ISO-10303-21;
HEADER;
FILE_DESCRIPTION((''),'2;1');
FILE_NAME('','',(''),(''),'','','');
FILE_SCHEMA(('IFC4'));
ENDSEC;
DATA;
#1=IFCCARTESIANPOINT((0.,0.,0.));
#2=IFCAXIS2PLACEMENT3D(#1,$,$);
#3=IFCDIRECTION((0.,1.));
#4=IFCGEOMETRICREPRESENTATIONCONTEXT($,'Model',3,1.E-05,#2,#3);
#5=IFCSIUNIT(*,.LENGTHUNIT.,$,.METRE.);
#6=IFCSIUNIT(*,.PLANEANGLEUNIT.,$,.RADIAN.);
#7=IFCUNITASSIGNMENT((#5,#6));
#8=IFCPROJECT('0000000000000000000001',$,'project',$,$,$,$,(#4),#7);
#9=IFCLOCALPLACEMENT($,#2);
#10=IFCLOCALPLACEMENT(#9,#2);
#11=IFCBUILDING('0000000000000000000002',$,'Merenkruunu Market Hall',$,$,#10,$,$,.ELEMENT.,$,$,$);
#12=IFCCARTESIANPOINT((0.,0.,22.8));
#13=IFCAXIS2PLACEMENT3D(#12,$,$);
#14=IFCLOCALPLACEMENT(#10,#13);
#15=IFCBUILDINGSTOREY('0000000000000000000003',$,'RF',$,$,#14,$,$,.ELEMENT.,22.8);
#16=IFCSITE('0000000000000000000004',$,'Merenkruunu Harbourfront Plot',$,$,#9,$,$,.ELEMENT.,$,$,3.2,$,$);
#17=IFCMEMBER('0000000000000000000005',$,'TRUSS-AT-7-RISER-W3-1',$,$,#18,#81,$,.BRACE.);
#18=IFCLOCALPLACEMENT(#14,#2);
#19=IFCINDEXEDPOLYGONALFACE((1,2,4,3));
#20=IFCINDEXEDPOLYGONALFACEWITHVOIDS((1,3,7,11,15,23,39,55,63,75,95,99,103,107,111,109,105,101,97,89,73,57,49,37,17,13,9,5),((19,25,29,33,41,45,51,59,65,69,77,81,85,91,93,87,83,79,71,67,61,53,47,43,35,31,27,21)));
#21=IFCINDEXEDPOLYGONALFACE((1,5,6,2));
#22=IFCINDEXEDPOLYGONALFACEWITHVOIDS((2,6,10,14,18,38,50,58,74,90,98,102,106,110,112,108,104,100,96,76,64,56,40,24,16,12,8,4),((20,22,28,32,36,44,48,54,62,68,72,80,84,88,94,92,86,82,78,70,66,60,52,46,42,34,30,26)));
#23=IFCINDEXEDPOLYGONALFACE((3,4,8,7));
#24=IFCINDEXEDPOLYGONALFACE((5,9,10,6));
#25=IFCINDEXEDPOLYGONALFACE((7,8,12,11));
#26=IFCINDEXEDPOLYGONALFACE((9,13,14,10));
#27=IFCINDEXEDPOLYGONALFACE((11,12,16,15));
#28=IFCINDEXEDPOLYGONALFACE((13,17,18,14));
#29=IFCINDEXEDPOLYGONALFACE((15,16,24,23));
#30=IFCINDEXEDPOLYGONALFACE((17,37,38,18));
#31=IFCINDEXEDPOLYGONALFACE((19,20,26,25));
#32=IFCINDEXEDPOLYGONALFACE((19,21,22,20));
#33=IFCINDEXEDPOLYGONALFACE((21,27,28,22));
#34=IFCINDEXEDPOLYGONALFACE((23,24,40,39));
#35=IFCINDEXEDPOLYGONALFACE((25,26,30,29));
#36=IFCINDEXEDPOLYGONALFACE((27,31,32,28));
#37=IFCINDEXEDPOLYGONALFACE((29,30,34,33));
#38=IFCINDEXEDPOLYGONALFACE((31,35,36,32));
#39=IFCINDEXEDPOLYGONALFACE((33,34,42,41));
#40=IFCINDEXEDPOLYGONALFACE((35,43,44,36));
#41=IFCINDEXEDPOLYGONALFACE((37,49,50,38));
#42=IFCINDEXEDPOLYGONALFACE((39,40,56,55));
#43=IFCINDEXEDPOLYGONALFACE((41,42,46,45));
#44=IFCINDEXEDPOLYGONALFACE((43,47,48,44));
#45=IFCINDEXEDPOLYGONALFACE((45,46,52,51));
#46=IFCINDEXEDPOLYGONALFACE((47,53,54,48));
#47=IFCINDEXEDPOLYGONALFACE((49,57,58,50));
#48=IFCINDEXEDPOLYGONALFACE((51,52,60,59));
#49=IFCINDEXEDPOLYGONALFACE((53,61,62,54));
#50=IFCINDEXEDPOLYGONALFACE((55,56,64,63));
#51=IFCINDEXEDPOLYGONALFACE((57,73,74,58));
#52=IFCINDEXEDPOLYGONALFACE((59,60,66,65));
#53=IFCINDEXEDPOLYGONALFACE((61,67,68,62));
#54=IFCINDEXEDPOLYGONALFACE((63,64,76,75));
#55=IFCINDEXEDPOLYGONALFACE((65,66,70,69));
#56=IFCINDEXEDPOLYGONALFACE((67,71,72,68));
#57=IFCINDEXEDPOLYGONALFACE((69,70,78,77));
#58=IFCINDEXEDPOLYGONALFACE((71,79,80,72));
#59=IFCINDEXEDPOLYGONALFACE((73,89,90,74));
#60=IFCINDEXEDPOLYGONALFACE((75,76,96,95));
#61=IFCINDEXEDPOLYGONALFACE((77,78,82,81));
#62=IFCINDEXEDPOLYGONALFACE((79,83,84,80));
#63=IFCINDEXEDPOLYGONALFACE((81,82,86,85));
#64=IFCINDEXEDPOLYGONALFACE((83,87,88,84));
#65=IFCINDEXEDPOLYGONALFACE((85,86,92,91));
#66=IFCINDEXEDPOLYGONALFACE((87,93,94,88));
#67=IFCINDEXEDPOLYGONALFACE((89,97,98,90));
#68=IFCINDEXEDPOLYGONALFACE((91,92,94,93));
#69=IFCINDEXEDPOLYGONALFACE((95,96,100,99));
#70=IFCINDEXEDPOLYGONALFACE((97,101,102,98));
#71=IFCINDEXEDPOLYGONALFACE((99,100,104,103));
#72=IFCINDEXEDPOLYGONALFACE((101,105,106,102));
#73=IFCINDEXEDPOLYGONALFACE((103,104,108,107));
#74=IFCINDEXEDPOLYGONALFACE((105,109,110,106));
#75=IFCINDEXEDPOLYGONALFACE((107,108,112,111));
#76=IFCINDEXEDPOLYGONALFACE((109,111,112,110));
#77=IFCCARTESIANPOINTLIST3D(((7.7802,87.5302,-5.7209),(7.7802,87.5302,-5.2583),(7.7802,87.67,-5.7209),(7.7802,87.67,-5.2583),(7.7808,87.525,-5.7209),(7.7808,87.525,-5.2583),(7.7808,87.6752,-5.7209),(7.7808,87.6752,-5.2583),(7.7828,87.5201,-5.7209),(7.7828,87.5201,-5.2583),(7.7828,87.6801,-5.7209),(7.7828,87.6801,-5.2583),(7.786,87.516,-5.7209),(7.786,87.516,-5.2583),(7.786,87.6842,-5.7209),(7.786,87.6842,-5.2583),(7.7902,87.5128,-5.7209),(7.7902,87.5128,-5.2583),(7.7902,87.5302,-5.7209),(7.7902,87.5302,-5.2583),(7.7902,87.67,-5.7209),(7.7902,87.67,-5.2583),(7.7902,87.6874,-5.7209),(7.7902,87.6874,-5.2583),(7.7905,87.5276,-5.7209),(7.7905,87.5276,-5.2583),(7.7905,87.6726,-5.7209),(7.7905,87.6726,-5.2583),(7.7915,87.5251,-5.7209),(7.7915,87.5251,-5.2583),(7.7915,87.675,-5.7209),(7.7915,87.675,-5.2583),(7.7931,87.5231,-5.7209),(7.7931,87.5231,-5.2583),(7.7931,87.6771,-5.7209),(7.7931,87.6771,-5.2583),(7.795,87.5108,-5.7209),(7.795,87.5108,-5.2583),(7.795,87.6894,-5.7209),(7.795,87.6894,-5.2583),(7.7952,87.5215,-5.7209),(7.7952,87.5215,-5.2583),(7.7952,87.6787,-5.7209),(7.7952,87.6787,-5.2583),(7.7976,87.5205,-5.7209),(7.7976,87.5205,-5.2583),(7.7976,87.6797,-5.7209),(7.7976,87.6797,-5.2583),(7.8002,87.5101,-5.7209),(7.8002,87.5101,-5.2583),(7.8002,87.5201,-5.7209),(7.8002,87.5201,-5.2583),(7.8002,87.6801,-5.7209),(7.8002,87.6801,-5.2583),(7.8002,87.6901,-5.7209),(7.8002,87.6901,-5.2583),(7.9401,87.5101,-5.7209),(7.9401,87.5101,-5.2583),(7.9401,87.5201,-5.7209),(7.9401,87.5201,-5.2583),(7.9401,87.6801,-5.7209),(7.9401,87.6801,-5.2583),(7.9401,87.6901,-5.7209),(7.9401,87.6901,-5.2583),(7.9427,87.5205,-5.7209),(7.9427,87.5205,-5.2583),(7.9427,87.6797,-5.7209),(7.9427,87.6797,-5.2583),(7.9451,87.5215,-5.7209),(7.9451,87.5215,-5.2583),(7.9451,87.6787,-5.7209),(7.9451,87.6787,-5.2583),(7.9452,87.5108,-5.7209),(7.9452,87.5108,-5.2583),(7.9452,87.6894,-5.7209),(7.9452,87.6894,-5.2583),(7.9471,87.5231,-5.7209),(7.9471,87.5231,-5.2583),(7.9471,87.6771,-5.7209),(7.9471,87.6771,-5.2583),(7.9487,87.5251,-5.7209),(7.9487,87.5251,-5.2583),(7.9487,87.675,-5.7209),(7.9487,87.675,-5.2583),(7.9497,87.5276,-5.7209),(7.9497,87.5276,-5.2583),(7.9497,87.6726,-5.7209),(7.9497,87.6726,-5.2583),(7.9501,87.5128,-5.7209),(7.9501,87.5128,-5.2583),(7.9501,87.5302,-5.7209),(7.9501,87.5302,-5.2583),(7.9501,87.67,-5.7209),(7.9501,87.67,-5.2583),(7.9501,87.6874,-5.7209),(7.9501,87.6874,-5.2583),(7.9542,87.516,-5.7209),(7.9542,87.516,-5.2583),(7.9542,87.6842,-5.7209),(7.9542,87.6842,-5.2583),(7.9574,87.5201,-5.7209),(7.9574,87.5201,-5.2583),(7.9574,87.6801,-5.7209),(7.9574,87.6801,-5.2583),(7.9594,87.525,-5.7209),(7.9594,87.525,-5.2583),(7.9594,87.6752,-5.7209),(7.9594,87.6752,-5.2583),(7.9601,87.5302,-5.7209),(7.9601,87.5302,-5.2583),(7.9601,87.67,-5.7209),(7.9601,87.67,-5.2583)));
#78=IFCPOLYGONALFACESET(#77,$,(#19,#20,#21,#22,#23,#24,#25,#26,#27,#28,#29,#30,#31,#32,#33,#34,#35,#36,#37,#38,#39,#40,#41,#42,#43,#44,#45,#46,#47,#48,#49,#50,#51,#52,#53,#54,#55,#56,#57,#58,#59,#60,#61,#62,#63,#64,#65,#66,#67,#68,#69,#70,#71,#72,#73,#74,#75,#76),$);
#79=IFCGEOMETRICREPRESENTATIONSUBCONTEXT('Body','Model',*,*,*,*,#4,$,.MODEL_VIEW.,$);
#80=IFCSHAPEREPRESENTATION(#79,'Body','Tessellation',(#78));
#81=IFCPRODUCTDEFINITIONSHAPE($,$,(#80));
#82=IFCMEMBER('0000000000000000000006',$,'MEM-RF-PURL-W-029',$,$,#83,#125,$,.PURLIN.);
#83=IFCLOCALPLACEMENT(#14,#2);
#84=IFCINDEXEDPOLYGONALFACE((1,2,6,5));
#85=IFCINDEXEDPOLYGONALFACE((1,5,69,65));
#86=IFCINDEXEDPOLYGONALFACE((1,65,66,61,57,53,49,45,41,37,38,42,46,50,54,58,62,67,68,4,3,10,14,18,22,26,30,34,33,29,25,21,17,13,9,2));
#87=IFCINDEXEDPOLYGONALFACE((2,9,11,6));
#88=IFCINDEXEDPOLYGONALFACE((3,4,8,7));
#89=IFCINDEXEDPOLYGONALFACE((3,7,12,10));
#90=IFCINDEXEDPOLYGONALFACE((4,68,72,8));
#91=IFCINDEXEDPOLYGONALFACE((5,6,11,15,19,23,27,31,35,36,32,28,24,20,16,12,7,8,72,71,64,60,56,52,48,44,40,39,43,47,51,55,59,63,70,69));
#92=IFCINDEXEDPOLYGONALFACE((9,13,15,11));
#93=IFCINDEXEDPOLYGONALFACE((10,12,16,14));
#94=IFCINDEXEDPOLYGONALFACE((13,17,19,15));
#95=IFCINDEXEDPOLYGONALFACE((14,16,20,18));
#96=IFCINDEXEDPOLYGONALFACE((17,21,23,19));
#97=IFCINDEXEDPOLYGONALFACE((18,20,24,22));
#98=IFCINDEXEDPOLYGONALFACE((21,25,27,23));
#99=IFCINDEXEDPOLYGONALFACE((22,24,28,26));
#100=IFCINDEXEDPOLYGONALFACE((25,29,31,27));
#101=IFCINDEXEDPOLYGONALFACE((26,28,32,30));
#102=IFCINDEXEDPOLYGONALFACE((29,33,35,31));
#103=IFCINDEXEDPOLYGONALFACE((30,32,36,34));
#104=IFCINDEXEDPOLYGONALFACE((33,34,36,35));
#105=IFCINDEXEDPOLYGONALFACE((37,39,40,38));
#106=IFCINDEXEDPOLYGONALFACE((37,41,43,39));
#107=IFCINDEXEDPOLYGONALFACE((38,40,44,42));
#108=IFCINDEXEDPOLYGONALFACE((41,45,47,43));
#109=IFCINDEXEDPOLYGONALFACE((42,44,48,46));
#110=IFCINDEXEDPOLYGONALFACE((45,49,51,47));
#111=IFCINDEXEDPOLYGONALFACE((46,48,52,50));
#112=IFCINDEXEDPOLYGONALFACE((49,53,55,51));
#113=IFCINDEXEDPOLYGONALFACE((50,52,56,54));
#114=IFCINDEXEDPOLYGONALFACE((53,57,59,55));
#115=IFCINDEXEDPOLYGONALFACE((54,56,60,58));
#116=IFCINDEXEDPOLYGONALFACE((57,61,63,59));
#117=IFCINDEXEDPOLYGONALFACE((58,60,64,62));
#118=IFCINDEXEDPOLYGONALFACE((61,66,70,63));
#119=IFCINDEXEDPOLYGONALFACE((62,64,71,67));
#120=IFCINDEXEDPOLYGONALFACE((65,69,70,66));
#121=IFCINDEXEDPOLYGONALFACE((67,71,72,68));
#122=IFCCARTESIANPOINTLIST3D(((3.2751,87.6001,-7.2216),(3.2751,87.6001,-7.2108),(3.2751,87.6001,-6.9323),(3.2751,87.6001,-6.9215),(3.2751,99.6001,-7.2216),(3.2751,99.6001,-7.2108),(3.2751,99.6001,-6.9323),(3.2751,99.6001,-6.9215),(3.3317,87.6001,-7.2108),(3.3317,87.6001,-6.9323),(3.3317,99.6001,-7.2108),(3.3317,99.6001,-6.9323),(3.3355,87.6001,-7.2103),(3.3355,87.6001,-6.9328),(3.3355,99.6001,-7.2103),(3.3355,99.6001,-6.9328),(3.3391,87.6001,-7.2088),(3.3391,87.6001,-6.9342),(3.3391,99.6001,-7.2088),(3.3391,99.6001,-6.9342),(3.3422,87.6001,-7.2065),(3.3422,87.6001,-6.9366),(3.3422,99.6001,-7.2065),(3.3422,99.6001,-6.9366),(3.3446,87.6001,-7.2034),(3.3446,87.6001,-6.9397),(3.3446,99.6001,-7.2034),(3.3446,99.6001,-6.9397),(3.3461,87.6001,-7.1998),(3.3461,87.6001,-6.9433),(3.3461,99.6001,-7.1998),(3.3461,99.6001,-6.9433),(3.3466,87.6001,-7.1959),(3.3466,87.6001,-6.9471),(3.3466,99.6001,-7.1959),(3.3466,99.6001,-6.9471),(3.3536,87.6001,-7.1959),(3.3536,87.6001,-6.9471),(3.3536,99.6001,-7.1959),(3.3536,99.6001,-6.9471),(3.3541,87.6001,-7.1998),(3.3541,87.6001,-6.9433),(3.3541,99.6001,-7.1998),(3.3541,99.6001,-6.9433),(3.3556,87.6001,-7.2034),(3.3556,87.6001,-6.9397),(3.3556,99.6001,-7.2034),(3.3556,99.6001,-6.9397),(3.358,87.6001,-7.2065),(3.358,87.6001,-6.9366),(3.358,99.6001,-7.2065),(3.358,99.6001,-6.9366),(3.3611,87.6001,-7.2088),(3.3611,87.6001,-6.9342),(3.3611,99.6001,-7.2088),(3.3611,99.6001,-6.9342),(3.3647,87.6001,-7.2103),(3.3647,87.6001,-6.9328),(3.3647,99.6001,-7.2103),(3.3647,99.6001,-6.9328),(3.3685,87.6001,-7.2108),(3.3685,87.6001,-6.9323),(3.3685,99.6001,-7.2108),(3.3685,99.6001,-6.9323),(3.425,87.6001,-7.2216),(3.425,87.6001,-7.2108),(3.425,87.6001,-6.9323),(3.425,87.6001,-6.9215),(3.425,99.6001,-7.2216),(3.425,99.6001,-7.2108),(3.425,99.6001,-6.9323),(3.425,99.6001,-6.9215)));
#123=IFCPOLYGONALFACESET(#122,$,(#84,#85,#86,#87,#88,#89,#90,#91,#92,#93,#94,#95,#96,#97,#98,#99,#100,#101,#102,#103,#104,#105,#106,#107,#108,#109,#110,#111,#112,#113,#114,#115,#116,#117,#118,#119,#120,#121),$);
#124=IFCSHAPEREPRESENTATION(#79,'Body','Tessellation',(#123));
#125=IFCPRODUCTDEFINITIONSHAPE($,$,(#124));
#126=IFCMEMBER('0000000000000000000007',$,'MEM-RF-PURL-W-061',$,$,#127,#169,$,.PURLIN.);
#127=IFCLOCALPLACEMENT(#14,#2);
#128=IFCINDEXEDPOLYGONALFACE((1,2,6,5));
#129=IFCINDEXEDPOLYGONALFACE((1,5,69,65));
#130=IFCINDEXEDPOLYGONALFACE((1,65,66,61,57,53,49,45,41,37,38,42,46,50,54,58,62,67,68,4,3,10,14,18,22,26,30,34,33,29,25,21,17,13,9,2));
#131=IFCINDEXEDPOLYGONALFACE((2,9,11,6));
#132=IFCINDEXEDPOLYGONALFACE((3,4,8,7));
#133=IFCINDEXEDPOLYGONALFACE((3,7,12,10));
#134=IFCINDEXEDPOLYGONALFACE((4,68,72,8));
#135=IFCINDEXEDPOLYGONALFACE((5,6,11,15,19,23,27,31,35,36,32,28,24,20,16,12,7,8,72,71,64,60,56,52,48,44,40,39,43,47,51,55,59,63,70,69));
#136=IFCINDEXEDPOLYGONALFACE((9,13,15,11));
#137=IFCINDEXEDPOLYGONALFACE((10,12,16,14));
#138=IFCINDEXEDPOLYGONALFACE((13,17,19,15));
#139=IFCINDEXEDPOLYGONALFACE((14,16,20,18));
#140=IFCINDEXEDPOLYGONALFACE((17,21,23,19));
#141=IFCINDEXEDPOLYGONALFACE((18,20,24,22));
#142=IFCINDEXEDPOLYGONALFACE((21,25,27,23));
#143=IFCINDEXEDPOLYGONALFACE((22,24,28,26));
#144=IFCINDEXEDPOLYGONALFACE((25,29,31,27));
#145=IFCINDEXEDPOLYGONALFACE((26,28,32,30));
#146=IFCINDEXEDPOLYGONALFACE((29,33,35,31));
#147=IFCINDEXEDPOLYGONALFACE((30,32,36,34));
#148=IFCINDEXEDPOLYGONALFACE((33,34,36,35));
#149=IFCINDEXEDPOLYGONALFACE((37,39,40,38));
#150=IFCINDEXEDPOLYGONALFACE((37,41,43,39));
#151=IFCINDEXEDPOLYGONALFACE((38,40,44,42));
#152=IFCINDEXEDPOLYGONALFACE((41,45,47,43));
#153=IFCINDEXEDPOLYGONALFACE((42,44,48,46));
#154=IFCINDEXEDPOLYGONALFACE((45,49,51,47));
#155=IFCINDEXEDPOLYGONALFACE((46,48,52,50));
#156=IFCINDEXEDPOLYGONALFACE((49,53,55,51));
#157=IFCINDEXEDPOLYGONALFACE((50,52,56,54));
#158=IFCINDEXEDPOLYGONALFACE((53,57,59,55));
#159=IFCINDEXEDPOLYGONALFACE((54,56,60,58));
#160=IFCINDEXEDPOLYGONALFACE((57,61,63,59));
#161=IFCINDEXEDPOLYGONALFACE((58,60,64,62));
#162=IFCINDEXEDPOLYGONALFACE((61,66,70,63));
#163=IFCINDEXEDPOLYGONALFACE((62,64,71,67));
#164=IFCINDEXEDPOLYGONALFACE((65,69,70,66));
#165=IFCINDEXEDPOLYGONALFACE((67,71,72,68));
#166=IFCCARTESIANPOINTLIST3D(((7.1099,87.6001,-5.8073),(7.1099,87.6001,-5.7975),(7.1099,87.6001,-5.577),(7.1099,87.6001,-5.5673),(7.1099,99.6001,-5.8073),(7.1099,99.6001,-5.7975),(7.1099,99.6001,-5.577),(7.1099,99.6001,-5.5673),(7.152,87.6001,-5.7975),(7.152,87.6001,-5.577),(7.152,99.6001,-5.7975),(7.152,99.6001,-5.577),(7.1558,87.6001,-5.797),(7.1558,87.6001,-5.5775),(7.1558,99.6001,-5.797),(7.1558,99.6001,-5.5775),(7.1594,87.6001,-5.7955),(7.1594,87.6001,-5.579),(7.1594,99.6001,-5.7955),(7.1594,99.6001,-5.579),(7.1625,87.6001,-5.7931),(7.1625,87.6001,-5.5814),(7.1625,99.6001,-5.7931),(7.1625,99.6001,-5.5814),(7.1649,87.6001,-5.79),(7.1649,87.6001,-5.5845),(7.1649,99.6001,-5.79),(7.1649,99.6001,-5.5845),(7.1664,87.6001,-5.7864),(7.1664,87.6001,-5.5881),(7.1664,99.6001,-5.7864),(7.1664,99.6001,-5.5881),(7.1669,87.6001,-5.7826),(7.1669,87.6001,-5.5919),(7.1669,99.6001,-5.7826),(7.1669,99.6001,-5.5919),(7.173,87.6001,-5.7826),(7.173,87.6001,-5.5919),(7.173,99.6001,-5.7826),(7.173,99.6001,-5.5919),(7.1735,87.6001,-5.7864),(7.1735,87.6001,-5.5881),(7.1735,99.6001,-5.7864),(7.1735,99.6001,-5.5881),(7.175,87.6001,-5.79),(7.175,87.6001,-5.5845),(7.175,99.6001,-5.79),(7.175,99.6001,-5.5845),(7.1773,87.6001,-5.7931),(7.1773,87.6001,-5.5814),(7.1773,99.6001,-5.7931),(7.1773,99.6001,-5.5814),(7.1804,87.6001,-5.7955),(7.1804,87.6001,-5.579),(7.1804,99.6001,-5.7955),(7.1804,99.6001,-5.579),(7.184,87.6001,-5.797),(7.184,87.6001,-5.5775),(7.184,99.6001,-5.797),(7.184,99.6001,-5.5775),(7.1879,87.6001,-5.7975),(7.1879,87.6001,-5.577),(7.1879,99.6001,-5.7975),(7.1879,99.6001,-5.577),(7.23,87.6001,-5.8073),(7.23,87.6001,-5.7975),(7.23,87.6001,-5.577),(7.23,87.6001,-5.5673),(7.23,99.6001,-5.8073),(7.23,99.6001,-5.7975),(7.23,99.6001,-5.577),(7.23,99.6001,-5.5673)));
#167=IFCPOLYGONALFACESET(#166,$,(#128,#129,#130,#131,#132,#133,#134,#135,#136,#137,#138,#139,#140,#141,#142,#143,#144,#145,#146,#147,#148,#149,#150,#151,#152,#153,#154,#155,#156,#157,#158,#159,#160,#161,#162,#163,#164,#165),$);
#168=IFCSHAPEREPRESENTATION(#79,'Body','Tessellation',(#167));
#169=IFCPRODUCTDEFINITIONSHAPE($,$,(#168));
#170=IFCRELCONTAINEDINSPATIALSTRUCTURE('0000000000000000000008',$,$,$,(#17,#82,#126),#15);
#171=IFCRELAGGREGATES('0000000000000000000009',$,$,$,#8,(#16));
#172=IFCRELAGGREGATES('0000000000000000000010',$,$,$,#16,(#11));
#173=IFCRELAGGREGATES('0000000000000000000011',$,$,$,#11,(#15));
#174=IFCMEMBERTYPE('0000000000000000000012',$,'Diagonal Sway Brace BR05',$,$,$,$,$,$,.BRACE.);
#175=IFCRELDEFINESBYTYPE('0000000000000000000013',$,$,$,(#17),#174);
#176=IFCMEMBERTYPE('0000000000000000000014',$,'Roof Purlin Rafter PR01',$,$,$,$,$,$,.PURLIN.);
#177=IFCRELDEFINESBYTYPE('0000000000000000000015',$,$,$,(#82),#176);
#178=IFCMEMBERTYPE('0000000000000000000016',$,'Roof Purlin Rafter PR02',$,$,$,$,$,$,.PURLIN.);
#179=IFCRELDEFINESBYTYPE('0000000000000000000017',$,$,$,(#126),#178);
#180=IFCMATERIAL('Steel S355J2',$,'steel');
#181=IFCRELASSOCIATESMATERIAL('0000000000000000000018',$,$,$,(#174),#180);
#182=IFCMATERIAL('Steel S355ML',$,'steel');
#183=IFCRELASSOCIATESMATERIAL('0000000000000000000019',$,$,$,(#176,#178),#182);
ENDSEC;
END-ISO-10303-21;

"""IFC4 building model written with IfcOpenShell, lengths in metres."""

from ifc_helpers import new_model, si_unit, direction, frame, origin, origin_2d, place, context, subcontext, project, spatial, hollow_rectangle, i_section, extrude, material, material_profile, profile_set, type_object, element, save


model = new_model("IFC4")

# Units and contexts
model_context = context("Model", 3, precision=1e-05, world=origin(), true_north=direction((0.0, 1.0)))
body_context = subcontext(model_context, "Body", "Model", "MODEL_VIEW")
ifc_project = project(units=[si_unit("LENGTHUNIT", "METRE"), si_unit("PLANEANGLEUNIT", "RADIAN")], contexts=[model_context])

# Site, building, storey
site_placement = place(None, origin())
site = spatial("IfcSite", under=ifc_project, at=site_placement, Name="Merenkruunu Harbourfront Plot", CompositionType="ELEMENT", RefElevation=3.2)
building_placement = place(site_placement, origin())
building = spatial("IfcBuilding", under=site, at=building_placement, Name="Merenkruunu Market Hall", CompositionType="ELEMENT")
storey_placement = place(building_placement, frame((0.0, 0.0, 22.8)))
storey = spatial("IfcBuildingStorey", under=building, at=storey_placement, Name="RF", CompositionType="ELEMENT", Elevation=22.8)

# Shared definitions
ifc_material_1 = material(Name="Steel S355ML", Category="steel")

# Members
ifc_material_2 = material(Name="Steel S355J2", Category="steel")
ifc_material_profile_1 = material_profile(ifc_material_2, hollow_rectangle(XDim=0.1799, YDim=0.1799, WallThickness=0.01, InnerFilletRadius=0.01, OuterFilletRadius=0.02, at=origin_2d()), Name="SHS 180x180x10")
ifc_profile_set_1 = profile_set([ifc_material_profile_1], Name="Steel S355J2")
member_type_1 = type_object("IfcMemberType", Name="Diagonal Sway Brace BR05", PredefinedType="BRACE", material=ifc_profile_set_1)
member_1_placement = place(storey_placement, frame((7.8701, 87.6001, -5.7209), z_axis=(0.0, 0.0, 1.0), x_axis=(1.0, 0.0, 0.0)))
element("IfcMember", 1, at=member_1_placement, inside=storey, type_object=member_type_1, Name="TRUSS-AT-7-RISER-W3-1", PredefinedType="BRACE", context=body_context, shape_type="SweptSolid", body=[
    extrude(hollow_rectangle(XDim=0.1799, YDim=0.1799, WallThickness=0.01, InnerFilletRadius=0.01, OuterFilletRadius=0.02, at=origin_2d()), origin(), (0.0, 0.0, 1.0), 0.4626),
])
ifc_material_profile_2 = material_profile(ifc_material_1, i_section(OverallWidth=0.1499, OverallDepth=0.3, WebThickness=0.0071, FlangeThickness=0.0107, FilletRadius=0.0149, at=origin_2d()), Name="IPE 300")
ifc_profile_set_2 = profile_set([ifc_material_profile_2], Name="Steel S355ML")
member_type_2 = type_object("IfcMemberType", Name="Roof Purlin Rafter PR01", PredefinedType="PURLIN", material=ifc_profile_set_2)
member_2_placement = place(storey_placement, frame((3.3501, 87.6001, -7.0715), z_axis=(0.0, 1.0, 0.0), x_axis=(-1.0, 0.0, 0.0)))
element("IfcMember", 2, at=member_2_placement, inside=storey, type_object=member_type_2, Name="MEM-RF-PURL-W-029", PredefinedType="PURLIN", context=body_context, shape_type="SweptSolid", body=[
    extrude(i_section(OverallWidth=0.1499, OverallDepth=0.3, WebThickness=0.0071, FlangeThickness=0.0107, FilletRadius=0.0149, at=origin_2d()), origin(), (0.0, 0.0, 1.0), 12.0),
])
ifc_material_profile_3 = material_profile(ifc_material_1, i_section(OverallWidth=0.1201, OverallDepth=0.24, WebThickness=0.0061, FlangeThickness=0.0098, FilletRadius=0.0149, at=origin_2d()), Name="IPE 240")
ifc_profile_set_3 = profile_set([ifc_material_profile_3], Name="Steel S355ML")
member_type_3 = type_object("IfcMemberType", Name="Roof Purlin Rafter PR02", PredefinedType="PURLIN", material=ifc_profile_set_3)
member_3_placement = place(storey_placement, frame((7.1699, 87.6001, -5.6873), z_axis=(0.0, 1.0, 0.0), x_axis=(-1.0, 0.0, 0.0)))
element("IfcMember", 3, at=member_3_placement, inside=storey, type_object=member_type_3, Name="MEM-RF-PURL-W-061", PredefinedType="PURLIN", context=body_context, shape_type="SweptSolid", body=[
    extrude(i_section(OverallWidth=0.1201, OverallDepth=0.24, WebThickness=0.0061, FlangeThickness=0.0098, FilletRadius=0.0149, at=origin_2d()), origin(), (0.0, 0.0, 1.0), 12.0),
])

save(model, "model.ifc")
